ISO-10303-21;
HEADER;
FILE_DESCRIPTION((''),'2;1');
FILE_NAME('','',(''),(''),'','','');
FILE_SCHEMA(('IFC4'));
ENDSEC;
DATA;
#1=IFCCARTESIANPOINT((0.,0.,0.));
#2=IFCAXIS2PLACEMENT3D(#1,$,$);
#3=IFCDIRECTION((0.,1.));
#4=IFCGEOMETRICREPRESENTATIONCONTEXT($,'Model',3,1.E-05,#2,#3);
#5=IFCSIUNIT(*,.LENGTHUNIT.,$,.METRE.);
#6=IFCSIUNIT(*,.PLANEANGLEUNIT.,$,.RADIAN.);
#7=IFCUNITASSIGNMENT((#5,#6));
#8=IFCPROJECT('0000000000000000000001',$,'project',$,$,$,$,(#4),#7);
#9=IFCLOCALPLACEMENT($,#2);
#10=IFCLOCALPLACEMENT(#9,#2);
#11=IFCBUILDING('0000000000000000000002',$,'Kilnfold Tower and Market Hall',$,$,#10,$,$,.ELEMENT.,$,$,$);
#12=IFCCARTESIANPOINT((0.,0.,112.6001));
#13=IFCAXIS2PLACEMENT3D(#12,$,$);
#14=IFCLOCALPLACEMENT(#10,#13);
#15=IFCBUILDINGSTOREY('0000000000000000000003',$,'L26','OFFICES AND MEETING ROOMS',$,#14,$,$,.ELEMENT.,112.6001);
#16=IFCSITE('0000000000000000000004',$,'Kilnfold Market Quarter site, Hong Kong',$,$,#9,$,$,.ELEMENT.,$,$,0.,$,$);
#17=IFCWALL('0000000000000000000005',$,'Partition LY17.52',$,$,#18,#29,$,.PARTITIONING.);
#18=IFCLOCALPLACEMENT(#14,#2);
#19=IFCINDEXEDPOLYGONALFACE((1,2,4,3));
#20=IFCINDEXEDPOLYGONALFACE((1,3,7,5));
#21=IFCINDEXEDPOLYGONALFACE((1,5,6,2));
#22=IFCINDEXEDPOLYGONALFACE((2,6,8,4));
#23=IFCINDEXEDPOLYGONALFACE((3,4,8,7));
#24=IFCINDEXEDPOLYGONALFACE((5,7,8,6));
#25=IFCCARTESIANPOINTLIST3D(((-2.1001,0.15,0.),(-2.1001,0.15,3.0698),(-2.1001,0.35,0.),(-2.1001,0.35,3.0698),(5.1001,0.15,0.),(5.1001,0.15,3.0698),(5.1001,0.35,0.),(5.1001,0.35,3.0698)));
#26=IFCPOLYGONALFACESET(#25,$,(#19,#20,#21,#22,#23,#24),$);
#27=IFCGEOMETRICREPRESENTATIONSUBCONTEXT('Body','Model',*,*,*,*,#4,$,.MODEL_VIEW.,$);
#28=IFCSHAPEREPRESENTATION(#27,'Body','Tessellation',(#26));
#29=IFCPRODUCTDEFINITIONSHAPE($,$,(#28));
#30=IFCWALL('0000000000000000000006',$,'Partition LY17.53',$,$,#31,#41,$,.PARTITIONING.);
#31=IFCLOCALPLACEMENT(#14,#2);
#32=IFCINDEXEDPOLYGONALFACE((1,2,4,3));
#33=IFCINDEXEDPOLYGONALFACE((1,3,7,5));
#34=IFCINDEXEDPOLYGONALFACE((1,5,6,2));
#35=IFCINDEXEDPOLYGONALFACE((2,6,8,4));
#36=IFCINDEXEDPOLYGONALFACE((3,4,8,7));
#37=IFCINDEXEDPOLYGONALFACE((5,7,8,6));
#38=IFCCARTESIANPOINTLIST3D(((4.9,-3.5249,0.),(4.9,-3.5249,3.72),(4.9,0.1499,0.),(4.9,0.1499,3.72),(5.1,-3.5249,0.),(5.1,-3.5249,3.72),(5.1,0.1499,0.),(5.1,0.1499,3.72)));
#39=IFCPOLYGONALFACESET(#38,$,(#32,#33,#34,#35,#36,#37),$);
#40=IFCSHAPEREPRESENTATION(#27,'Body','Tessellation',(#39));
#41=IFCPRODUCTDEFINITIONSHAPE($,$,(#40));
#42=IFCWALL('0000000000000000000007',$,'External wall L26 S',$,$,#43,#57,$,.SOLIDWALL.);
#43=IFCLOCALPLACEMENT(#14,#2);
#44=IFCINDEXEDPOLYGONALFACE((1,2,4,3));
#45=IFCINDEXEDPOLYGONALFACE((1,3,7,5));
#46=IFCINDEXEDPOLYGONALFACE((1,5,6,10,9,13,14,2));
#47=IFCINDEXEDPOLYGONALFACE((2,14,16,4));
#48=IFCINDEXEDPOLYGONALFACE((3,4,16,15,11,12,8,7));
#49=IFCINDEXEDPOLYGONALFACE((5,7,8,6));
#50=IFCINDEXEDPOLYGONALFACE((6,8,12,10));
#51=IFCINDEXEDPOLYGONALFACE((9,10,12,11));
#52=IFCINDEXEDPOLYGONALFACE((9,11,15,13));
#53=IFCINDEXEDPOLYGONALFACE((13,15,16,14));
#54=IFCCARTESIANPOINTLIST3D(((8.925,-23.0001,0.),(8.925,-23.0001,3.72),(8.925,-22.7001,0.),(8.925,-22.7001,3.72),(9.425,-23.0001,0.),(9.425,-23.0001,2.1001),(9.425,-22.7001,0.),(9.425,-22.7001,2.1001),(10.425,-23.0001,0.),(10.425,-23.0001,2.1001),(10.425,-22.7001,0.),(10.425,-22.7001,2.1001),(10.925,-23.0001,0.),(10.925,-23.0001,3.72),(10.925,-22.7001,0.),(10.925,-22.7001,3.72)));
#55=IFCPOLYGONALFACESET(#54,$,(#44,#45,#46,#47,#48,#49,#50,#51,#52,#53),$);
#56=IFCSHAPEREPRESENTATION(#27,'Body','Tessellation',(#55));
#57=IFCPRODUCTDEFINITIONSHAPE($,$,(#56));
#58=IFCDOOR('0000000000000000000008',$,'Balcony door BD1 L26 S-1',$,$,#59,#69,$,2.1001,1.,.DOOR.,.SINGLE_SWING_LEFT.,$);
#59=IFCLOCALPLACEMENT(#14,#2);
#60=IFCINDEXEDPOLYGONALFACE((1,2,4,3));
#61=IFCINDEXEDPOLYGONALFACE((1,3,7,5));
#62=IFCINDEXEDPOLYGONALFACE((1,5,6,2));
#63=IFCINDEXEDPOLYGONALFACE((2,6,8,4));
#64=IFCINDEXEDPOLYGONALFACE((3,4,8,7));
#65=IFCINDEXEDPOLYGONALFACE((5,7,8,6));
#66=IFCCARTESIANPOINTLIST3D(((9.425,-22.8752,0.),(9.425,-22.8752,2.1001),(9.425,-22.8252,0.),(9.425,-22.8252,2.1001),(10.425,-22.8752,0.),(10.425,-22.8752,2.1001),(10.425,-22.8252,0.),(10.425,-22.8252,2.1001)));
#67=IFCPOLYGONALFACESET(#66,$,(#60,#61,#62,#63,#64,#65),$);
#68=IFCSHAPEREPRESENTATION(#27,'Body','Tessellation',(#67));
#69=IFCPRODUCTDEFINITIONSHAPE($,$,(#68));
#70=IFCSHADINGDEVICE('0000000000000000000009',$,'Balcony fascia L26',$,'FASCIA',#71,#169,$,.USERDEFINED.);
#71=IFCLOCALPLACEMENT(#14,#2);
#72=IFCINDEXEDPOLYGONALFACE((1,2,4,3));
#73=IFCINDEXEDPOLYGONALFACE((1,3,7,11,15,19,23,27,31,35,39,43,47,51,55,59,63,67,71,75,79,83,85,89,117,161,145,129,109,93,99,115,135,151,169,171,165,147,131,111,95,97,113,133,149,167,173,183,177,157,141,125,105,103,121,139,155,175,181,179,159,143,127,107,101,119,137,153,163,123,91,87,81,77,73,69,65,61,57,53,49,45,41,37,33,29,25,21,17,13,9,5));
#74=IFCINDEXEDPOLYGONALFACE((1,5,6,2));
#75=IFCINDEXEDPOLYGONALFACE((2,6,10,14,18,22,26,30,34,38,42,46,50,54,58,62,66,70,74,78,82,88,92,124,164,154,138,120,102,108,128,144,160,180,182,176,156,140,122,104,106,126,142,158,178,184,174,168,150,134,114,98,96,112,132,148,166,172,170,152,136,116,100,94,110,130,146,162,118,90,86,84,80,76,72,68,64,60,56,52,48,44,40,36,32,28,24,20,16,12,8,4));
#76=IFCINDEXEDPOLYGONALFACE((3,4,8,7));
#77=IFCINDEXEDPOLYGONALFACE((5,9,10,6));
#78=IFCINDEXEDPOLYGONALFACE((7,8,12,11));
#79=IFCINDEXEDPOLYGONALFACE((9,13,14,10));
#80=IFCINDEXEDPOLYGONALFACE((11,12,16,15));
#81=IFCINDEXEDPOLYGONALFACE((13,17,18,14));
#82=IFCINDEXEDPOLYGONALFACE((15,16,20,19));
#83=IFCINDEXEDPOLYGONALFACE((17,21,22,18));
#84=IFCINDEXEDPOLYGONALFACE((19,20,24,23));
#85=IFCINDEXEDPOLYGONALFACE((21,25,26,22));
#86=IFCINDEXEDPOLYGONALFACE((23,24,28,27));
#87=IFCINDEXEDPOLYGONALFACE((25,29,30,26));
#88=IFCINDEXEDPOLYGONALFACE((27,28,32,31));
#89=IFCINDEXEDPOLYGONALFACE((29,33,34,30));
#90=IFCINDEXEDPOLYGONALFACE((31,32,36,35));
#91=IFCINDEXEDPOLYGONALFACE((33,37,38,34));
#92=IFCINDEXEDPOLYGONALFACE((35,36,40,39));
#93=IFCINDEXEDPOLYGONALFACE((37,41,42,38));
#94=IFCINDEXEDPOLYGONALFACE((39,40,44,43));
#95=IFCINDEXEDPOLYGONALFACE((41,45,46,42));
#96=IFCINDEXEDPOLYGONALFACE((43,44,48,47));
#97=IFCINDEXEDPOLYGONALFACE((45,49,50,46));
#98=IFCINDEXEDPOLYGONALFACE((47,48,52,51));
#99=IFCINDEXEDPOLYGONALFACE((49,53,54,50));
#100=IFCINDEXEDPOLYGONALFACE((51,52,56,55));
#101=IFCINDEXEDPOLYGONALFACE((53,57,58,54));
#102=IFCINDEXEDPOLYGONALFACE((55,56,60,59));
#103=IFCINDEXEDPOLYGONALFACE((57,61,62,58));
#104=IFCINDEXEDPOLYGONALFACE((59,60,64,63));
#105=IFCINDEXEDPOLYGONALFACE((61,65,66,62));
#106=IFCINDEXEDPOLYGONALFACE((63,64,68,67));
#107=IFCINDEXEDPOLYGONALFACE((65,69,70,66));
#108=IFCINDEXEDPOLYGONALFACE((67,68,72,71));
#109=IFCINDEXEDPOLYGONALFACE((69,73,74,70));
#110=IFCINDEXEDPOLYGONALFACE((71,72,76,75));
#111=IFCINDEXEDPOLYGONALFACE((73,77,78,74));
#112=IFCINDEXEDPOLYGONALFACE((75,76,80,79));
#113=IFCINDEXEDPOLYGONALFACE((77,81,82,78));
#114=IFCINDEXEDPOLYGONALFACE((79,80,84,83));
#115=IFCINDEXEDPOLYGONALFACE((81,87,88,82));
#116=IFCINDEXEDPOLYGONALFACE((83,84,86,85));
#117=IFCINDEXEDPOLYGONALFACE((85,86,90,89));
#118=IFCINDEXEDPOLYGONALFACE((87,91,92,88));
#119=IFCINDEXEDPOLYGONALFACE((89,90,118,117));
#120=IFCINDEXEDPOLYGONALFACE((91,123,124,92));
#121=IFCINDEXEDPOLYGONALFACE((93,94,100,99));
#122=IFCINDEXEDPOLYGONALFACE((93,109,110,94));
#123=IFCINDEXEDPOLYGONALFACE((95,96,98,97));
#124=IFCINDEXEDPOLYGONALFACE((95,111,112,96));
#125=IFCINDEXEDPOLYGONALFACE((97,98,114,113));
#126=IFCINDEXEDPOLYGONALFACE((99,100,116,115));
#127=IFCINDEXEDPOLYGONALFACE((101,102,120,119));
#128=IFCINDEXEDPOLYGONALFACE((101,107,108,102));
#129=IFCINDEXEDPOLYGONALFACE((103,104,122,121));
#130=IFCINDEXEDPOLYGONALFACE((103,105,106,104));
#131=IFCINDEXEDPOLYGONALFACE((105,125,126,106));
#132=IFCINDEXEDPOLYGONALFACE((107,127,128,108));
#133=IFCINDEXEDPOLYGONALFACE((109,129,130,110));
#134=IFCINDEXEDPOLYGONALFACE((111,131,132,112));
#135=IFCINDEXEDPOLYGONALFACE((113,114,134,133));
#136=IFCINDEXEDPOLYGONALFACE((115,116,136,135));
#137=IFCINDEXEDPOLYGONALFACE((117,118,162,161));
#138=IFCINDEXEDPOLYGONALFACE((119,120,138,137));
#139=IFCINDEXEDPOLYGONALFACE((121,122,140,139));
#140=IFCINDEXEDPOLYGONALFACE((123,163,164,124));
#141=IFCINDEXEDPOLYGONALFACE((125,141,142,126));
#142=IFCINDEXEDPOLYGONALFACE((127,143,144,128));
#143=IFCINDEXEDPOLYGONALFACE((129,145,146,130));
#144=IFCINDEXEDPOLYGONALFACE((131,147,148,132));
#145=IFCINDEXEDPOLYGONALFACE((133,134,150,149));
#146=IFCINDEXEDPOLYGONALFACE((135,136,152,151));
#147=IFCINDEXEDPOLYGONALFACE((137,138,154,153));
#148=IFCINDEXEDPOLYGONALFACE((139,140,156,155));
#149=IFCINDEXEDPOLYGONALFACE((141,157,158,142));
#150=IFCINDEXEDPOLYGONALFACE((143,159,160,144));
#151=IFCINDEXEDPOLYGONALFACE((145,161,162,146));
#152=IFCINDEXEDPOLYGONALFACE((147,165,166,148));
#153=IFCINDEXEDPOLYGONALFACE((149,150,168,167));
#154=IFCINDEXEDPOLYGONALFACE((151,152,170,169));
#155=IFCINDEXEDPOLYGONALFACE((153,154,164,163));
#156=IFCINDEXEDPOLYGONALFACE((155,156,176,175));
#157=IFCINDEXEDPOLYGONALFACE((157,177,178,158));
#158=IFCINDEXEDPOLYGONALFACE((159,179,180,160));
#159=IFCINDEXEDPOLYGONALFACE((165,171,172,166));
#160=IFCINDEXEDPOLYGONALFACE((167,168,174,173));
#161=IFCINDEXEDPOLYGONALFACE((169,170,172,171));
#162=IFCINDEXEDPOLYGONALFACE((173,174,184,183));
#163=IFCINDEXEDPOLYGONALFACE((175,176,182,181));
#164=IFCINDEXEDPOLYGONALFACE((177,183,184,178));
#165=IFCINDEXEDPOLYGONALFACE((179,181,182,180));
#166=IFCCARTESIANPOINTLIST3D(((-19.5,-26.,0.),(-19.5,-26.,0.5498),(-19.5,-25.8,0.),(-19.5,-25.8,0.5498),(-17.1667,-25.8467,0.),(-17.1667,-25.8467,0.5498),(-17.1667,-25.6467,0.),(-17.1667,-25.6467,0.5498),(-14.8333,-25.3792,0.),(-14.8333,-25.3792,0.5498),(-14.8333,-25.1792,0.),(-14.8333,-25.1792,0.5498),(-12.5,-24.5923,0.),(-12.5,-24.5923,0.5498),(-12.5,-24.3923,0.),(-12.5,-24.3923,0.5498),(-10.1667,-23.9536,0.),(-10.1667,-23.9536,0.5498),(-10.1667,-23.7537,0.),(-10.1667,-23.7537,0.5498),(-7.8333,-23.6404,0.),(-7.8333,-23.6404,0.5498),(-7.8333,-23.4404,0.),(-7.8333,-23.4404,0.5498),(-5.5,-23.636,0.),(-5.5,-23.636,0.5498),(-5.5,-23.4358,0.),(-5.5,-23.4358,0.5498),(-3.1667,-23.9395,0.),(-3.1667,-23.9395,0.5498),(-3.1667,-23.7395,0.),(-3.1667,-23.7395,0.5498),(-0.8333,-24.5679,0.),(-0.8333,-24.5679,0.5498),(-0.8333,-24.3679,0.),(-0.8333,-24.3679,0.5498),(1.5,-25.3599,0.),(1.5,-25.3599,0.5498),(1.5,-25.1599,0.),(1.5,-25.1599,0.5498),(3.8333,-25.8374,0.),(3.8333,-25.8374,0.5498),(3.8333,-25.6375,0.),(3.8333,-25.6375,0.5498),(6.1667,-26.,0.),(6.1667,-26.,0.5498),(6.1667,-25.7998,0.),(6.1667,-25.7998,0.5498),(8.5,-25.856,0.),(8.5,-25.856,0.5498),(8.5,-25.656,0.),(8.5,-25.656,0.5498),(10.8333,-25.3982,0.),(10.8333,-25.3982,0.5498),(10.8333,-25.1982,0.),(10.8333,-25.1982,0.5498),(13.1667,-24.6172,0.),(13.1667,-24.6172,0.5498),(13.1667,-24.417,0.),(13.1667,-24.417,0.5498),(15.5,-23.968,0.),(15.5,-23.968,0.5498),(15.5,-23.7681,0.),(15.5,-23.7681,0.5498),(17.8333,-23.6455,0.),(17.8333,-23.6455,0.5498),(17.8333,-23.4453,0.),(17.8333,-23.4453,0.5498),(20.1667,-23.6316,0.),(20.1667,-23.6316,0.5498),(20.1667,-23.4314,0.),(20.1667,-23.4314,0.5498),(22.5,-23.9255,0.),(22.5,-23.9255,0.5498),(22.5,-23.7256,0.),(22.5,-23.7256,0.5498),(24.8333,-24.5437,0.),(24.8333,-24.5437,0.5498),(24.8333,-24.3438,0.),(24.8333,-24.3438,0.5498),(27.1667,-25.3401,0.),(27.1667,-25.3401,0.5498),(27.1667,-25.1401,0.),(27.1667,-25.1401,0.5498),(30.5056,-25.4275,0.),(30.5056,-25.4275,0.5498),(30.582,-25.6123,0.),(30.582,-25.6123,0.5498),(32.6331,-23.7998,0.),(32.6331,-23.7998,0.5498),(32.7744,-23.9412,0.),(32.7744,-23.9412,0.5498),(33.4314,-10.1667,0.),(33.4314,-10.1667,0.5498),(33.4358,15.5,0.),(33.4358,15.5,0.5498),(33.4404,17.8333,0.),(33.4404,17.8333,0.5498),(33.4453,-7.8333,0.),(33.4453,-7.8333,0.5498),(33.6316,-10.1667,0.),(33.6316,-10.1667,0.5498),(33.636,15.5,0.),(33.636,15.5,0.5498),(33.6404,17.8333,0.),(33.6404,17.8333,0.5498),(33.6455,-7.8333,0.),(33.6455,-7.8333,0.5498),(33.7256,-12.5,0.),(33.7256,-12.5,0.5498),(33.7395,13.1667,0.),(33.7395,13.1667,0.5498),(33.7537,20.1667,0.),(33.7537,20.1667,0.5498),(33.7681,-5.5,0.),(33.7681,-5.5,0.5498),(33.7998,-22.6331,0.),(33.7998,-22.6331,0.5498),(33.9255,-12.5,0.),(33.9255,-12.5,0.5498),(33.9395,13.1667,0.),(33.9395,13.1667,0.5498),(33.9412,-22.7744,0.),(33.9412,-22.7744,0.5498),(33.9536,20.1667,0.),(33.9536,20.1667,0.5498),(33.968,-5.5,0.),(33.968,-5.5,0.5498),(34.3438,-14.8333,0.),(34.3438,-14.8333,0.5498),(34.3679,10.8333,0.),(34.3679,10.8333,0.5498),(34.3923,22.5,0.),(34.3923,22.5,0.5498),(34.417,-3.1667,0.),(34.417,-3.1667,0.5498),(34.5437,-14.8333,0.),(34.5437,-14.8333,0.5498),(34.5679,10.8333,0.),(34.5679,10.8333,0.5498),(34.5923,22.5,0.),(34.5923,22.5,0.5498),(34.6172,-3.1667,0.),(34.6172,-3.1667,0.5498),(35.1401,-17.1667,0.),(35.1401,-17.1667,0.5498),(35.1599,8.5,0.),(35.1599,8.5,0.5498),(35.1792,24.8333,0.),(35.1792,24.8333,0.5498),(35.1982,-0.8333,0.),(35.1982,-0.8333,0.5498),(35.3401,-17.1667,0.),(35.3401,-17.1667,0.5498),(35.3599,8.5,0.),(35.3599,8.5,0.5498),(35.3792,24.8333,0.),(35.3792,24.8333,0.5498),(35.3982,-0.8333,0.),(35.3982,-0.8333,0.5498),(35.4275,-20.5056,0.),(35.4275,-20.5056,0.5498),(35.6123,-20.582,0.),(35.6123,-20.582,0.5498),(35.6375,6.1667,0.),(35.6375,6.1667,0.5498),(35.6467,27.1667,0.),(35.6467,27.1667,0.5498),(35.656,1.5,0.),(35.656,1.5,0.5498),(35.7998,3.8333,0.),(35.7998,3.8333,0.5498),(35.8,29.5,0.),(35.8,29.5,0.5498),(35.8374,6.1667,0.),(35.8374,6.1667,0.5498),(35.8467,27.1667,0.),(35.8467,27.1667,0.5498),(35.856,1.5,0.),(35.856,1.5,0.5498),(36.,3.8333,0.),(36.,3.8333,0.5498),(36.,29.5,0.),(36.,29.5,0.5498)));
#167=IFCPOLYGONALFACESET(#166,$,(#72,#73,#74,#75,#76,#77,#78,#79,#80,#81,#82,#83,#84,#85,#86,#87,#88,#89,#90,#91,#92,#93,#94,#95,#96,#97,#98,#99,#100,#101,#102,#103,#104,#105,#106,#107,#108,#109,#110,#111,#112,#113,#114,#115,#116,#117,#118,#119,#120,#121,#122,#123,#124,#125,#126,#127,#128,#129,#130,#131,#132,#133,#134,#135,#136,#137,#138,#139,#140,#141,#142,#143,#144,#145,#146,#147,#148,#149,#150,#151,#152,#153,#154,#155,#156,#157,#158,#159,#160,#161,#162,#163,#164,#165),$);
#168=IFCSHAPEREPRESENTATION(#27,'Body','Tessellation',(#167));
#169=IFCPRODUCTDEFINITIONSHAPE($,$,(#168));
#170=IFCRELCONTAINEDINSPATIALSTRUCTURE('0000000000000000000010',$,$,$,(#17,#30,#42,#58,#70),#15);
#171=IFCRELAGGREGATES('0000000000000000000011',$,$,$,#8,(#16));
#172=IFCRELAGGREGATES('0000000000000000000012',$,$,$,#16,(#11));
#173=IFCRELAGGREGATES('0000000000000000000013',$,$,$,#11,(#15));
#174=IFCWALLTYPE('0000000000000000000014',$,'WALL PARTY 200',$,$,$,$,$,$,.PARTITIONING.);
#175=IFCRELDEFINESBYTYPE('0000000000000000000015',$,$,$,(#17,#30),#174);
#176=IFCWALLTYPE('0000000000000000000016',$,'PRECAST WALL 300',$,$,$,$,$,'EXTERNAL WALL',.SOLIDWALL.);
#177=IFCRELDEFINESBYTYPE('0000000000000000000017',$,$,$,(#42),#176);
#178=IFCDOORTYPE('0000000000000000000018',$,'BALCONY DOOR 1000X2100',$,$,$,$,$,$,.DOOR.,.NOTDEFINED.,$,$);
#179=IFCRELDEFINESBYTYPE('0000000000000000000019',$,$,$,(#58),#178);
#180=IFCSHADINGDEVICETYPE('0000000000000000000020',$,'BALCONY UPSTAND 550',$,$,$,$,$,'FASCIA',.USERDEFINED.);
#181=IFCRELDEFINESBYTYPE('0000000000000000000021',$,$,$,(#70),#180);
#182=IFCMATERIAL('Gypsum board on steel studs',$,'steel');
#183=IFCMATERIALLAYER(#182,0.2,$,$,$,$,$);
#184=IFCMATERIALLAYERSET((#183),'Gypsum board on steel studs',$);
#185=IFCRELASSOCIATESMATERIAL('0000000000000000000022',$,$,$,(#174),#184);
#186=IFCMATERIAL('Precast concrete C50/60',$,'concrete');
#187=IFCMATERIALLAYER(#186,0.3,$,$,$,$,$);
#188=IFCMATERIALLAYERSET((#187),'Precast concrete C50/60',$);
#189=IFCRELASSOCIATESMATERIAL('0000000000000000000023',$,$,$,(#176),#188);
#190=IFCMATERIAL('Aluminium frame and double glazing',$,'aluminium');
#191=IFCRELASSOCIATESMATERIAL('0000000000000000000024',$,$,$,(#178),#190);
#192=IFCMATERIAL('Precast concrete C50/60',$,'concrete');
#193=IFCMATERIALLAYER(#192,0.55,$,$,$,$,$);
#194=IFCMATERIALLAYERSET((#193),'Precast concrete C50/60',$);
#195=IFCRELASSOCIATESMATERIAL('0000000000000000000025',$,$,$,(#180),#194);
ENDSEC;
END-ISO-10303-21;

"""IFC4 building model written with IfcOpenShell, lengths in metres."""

from ifc_helpers import new_model, si_unit, direction, frame, frame_2d, origin, place, context, subcontext, project, spatial, polyline, rectangle, outline, extrude, source, transform, mapped, material, layer, layer_set, type_object, element, fill, save


model = new_model("IFC4")

# Units and contexts
model_context = context("Model", 3, precision=1e-05, world=origin(), true_north=direction((0.0, 1.0)))
body_context = subcontext(model_context, "Body", "Model", "MODEL_VIEW")
ifc_project = project(units=[si_unit("LENGTHUNIT", "METRE"), si_unit("PLANEANGLEUNIT", "RADIAN")], contexts=[model_context])

# Site, building, storey
site_placement = place(None, origin())
site = spatial("IfcSite", under=ifc_project, at=site_placement, Name="Kilnfold Market Quarter site, Hong Kong", CompositionType="ELEMENT", RefElevation=0.0)
building_placement = place(site_placement, origin())
building = spatial("IfcBuilding", under=site, at=building_placement, Name="Kilnfold Tower and Market Hall", CompositionType="ELEMENT")
storey_placement = place(building_placement, frame((0.0, 0.0, 112.6001)))
storey = spatial("IfcBuildingStorey", under=building, at=storey_placement, Name="L26", Description="OFFICES AND MEETING ROOMS", CompositionType="ELEMENT", Elevation=112.6001)

# Walls
ifc_material_1 = material(Name="Gypsum board on steel studs", Category="steel")
ifc_layer_1 = layer(ifc_material_1, 0.2)
ifc_layer_set_1 = layer_set([ifc_layer_1], Name="Gypsum board on steel studs")
wall_type_1 = type_object("IfcWallType", Name="WALL PARTY 200", PredefinedType="PARTITIONING", material=ifc_layer_set_1)
wall_1_placement = place(storey_placement, frame((-2.1001, 0.25, 0.0), z_axis=(0.0, 0.0, 1.0), x_axis=(1.0, 0.0, 0.0)))
element("IfcWall", 1, at=wall_1_placement, inside=storey, type_object=wall_type_1, Name="Partition LY17.52", PredefinedType="PARTITIONING", context=body_context, shape_type="SweptSolid", body=[
    extrude(rectangle(XDim=7.2002, YDim=0.2, at=frame_2d((3.6001, 0.0))), origin(), (0.0, 0.0, 1.0), 3.0698),
])
wall_2_placement = place(storey_placement, frame((5.0, -3.5249, 0.0), z_axis=(0.0, 0.0, 1.0), x_axis=(0.0, 1.0, 0.0)))
element("IfcWall", 2, at=wall_2_placement, inside=storey, type_object=wall_type_1, Name="Partition LY17.53", PredefinedType="PARTITIONING", context=body_context, shape_type="SweptSolid", body=[
    extrude(rectangle(XDim=3.6748, YDim=0.2, at=frame_2d((1.8374, 0.0))), origin(), (0.0, 0.0, 1.0), 3.72),
])

# Wall, opening, door
ifc_material_2 = material(Name="Precast concrete C50/60", Category="concrete")
ifc_layer_2 = layer(ifc_material_2, 0.3)
ifc_layer_set_2 = layer_set([ifc_layer_2], Name="Precast concrete C50/60")
wall_type_2 = type_object("IfcWallType", Name="PRECAST WALL 300", ElementType="EXTERNAL WALL", PredefinedType="SOLIDWALL", material=ifc_layer_set_2)
shared_shape_1 = source(origin(), body_context, "Body", "SweptSolid", [
    extrude(rectangle(XDim=2.0, YDim=0.3, at=frame_2d((1.0, 0.0))), origin(), (0.0, 0.0, 1.0), 3.72),
])
wall_3_placement = place(storey_placement, frame((8.925, -22.8501, 0.0), z_axis=(0.0, 0.0, 1.0), x_axis=(1.0, 0.0, 0.0)))
wall_3 = element("IfcWall", 3, at=wall_3_placement, inside=storey, type_object=wall_type_2, Name="External wall L26 S", PredefinedType="SOLIDWALL", context=body_context, shape_type="MappedRepresentation", body=[
    mapped(shared_shape_1, transform((0.0, 0.0, 0.0))),
])
opening_placement = place(wall_3_placement, frame((0.5, 0.0, 0.0)))
opening = element("IfcOpeningElement", 4, at=opening_placement, cuts=wall_3, PredefinedType="OPENING", context=body_context, shape_type="SweptSolid", body=[
    extrude(rectangle(XDim=1.0, YDim=2.1001, at=frame_2d((0.5, 1.05))), frame((0.0, 0.1602, 0.0), z_axis=(0.0, -1.0, 0.0), x_axis=(1.0, 0.0, 0.0)), (0.0, 0.0, 1.0), 0.3201),
])
ifc_material_3 = material(Name="Aluminium frame and double glazing", Category="aluminium")
door_type = type_object("IfcDoorType", Name="BALCONY DOOR 1000X2100", OperationType="NOTDEFINED", PredefinedType="DOOR", material=ifc_material_3)
door_placement = place(opening_placement, origin())
door = element("IfcDoor", 5, at=door_placement, inside=storey, type_object=door_type, Name="Balcony door BD1 L26 S-1", OperationType="SINGLE_SWING_LEFT", OverallHeight=2.1001, OverallWidth=1.0, PredefinedType="DOOR", context=body_context, shape_type="SweptSolid", body=[
    extrude(rectangle(XDim=1.0, YDim=2.1001, at=frame_2d((0.5, 1.05))), frame((0.0, 0.0249, 0.0), z_axis=(0.0, -1.0, 0.0), x_axis=(1.0, 0.0, 0.0)), (0.0, 0.0, 1.0), 0.05),
])
fill(opening, door)

# Shading device
ifc_material_4 = material(Name="Precast concrete C50/60", Category="concrete")
ifc_layer_3 = layer(ifc_material_4, 0.55)
ifc_layer_set_3 = layer_set([ifc_layer_3], Name="Precast concrete C50/60")
shading_device_type_1 = type_object("IfcShadingDeviceType", Name="BALCONY UPSTAND 550", ElementType="FASCIA", PredefinedType="USERDEFINED", material=ifc_layer_set_3)
shared_shape_2 = source(origin(), body_context, "Body", "SweptSolid", [
    extrude(outline(polyline([(-19.5, -26.0), (-17.1667, -25.8467), (-14.8333, -25.3792), (-12.5, -24.5923), (-10.1667, -23.9536), (-7.8333, -23.6404), (-5.5, -23.636), (-3.1667, -23.9395), (-0.8333, -24.5679), (1.5, -25.3599), (3.8333, -25.8374), (6.1667, -26.0), (8.5, -25.856), (10.8333, -25.3982), (13.1667, -24.6172), (15.5, -23.968), (17.8333, -23.6455), (20.1667, -23.6316), (22.5, -23.9255), (24.8333, -24.5437), (27.1667, -25.3401), (30.582, -25.6123), (32.7744, -23.9412), (33.9412, -22.7744), (35.6123, -20.582), (35.3401, -17.1667), (34.5437, -14.8333), (33.9255, -12.5), (33.6316, -10.1667), (33.6455, -7.8333), (33.968, -5.5), (34.6172, -3.1667), (35.3982, -0.8333), (35.856, 1.5), (36.0, 3.8333), (35.8374, 6.1667), (35.3599, 8.5), (34.5679, 10.8333), (33.9395, 13.1667), (33.636, 15.5), (33.6404, 17.8333), (33.9536, 20.1667), (34.5923, 22.5), (35.3792, 24.8333), (35.8467, 27.1667), (36.0, 29.5), (35.8, 29.5), (35.6467, 27.1667), (35.1792, 24.8333), (34.3923, 22.5), (33.7537, 20.1667), (33.4404, 17.8333), (33.4358, 15.5), (33.7395, 13.1667), (34.3679, 10.8333), (35.1599, 8.5), (35.6375, 6.1667), (35.7998, 3.8333), (35.656, 1.5), (35.1982, -0.8333), (34.417, -3.1667), (33.7681, -5.5), (33.4453, -7.8333), (33.4314, -10.1667), (33.7256, -12.5), (34.3438, -14.8333), (35.1401, -17.1667), (35.4275, -20.5056), (33.7998, -22.6331), (32.6331, -23.7998), (30.5056, -25.4275), (27.1667, -25.1401), (24.8333, -24.3438), (22.5, -23.7256), (20.1667, -23.4314), (17.8333, -23.4453), (15.5, -23.7681), (13.1667, -24.417), (10.8333, -25.1982), (8.5, -25.656), (6.1667, -25.7998), (3.8333, -25.6375), (1.5, -25.1599), (-0.8333, -24.3679), (-3.1667, -23.7395), (-5.5, -23.4358), (-7.8333, -23.4404), (-10.1667, -23.7537), (-12.5, -24.3923), (-14.8333, -25.1792), (-17.1667, -25.6467), (-19.5, -25.8), (-19.5, -26.0)])), origin(), (0.0, 0.0, 1.0), 0.5498),
])
shading_device_1_placement = place(storey_placement, origin())
element("IfcShadingDevice", 6, at=shading_device_1_placement, inside=storey, type_object=shading_device_type_1, Name="Balcony fascia L26", ObjectType="FASCIA", PredefinedType="USERDEFINED", context=body_context, shape_type="MappedRepresentation", body=[
    mapped(shared_shape_2, transform((0.0, 0.0, 0.0))),
])

save(model, "model.ifc")
